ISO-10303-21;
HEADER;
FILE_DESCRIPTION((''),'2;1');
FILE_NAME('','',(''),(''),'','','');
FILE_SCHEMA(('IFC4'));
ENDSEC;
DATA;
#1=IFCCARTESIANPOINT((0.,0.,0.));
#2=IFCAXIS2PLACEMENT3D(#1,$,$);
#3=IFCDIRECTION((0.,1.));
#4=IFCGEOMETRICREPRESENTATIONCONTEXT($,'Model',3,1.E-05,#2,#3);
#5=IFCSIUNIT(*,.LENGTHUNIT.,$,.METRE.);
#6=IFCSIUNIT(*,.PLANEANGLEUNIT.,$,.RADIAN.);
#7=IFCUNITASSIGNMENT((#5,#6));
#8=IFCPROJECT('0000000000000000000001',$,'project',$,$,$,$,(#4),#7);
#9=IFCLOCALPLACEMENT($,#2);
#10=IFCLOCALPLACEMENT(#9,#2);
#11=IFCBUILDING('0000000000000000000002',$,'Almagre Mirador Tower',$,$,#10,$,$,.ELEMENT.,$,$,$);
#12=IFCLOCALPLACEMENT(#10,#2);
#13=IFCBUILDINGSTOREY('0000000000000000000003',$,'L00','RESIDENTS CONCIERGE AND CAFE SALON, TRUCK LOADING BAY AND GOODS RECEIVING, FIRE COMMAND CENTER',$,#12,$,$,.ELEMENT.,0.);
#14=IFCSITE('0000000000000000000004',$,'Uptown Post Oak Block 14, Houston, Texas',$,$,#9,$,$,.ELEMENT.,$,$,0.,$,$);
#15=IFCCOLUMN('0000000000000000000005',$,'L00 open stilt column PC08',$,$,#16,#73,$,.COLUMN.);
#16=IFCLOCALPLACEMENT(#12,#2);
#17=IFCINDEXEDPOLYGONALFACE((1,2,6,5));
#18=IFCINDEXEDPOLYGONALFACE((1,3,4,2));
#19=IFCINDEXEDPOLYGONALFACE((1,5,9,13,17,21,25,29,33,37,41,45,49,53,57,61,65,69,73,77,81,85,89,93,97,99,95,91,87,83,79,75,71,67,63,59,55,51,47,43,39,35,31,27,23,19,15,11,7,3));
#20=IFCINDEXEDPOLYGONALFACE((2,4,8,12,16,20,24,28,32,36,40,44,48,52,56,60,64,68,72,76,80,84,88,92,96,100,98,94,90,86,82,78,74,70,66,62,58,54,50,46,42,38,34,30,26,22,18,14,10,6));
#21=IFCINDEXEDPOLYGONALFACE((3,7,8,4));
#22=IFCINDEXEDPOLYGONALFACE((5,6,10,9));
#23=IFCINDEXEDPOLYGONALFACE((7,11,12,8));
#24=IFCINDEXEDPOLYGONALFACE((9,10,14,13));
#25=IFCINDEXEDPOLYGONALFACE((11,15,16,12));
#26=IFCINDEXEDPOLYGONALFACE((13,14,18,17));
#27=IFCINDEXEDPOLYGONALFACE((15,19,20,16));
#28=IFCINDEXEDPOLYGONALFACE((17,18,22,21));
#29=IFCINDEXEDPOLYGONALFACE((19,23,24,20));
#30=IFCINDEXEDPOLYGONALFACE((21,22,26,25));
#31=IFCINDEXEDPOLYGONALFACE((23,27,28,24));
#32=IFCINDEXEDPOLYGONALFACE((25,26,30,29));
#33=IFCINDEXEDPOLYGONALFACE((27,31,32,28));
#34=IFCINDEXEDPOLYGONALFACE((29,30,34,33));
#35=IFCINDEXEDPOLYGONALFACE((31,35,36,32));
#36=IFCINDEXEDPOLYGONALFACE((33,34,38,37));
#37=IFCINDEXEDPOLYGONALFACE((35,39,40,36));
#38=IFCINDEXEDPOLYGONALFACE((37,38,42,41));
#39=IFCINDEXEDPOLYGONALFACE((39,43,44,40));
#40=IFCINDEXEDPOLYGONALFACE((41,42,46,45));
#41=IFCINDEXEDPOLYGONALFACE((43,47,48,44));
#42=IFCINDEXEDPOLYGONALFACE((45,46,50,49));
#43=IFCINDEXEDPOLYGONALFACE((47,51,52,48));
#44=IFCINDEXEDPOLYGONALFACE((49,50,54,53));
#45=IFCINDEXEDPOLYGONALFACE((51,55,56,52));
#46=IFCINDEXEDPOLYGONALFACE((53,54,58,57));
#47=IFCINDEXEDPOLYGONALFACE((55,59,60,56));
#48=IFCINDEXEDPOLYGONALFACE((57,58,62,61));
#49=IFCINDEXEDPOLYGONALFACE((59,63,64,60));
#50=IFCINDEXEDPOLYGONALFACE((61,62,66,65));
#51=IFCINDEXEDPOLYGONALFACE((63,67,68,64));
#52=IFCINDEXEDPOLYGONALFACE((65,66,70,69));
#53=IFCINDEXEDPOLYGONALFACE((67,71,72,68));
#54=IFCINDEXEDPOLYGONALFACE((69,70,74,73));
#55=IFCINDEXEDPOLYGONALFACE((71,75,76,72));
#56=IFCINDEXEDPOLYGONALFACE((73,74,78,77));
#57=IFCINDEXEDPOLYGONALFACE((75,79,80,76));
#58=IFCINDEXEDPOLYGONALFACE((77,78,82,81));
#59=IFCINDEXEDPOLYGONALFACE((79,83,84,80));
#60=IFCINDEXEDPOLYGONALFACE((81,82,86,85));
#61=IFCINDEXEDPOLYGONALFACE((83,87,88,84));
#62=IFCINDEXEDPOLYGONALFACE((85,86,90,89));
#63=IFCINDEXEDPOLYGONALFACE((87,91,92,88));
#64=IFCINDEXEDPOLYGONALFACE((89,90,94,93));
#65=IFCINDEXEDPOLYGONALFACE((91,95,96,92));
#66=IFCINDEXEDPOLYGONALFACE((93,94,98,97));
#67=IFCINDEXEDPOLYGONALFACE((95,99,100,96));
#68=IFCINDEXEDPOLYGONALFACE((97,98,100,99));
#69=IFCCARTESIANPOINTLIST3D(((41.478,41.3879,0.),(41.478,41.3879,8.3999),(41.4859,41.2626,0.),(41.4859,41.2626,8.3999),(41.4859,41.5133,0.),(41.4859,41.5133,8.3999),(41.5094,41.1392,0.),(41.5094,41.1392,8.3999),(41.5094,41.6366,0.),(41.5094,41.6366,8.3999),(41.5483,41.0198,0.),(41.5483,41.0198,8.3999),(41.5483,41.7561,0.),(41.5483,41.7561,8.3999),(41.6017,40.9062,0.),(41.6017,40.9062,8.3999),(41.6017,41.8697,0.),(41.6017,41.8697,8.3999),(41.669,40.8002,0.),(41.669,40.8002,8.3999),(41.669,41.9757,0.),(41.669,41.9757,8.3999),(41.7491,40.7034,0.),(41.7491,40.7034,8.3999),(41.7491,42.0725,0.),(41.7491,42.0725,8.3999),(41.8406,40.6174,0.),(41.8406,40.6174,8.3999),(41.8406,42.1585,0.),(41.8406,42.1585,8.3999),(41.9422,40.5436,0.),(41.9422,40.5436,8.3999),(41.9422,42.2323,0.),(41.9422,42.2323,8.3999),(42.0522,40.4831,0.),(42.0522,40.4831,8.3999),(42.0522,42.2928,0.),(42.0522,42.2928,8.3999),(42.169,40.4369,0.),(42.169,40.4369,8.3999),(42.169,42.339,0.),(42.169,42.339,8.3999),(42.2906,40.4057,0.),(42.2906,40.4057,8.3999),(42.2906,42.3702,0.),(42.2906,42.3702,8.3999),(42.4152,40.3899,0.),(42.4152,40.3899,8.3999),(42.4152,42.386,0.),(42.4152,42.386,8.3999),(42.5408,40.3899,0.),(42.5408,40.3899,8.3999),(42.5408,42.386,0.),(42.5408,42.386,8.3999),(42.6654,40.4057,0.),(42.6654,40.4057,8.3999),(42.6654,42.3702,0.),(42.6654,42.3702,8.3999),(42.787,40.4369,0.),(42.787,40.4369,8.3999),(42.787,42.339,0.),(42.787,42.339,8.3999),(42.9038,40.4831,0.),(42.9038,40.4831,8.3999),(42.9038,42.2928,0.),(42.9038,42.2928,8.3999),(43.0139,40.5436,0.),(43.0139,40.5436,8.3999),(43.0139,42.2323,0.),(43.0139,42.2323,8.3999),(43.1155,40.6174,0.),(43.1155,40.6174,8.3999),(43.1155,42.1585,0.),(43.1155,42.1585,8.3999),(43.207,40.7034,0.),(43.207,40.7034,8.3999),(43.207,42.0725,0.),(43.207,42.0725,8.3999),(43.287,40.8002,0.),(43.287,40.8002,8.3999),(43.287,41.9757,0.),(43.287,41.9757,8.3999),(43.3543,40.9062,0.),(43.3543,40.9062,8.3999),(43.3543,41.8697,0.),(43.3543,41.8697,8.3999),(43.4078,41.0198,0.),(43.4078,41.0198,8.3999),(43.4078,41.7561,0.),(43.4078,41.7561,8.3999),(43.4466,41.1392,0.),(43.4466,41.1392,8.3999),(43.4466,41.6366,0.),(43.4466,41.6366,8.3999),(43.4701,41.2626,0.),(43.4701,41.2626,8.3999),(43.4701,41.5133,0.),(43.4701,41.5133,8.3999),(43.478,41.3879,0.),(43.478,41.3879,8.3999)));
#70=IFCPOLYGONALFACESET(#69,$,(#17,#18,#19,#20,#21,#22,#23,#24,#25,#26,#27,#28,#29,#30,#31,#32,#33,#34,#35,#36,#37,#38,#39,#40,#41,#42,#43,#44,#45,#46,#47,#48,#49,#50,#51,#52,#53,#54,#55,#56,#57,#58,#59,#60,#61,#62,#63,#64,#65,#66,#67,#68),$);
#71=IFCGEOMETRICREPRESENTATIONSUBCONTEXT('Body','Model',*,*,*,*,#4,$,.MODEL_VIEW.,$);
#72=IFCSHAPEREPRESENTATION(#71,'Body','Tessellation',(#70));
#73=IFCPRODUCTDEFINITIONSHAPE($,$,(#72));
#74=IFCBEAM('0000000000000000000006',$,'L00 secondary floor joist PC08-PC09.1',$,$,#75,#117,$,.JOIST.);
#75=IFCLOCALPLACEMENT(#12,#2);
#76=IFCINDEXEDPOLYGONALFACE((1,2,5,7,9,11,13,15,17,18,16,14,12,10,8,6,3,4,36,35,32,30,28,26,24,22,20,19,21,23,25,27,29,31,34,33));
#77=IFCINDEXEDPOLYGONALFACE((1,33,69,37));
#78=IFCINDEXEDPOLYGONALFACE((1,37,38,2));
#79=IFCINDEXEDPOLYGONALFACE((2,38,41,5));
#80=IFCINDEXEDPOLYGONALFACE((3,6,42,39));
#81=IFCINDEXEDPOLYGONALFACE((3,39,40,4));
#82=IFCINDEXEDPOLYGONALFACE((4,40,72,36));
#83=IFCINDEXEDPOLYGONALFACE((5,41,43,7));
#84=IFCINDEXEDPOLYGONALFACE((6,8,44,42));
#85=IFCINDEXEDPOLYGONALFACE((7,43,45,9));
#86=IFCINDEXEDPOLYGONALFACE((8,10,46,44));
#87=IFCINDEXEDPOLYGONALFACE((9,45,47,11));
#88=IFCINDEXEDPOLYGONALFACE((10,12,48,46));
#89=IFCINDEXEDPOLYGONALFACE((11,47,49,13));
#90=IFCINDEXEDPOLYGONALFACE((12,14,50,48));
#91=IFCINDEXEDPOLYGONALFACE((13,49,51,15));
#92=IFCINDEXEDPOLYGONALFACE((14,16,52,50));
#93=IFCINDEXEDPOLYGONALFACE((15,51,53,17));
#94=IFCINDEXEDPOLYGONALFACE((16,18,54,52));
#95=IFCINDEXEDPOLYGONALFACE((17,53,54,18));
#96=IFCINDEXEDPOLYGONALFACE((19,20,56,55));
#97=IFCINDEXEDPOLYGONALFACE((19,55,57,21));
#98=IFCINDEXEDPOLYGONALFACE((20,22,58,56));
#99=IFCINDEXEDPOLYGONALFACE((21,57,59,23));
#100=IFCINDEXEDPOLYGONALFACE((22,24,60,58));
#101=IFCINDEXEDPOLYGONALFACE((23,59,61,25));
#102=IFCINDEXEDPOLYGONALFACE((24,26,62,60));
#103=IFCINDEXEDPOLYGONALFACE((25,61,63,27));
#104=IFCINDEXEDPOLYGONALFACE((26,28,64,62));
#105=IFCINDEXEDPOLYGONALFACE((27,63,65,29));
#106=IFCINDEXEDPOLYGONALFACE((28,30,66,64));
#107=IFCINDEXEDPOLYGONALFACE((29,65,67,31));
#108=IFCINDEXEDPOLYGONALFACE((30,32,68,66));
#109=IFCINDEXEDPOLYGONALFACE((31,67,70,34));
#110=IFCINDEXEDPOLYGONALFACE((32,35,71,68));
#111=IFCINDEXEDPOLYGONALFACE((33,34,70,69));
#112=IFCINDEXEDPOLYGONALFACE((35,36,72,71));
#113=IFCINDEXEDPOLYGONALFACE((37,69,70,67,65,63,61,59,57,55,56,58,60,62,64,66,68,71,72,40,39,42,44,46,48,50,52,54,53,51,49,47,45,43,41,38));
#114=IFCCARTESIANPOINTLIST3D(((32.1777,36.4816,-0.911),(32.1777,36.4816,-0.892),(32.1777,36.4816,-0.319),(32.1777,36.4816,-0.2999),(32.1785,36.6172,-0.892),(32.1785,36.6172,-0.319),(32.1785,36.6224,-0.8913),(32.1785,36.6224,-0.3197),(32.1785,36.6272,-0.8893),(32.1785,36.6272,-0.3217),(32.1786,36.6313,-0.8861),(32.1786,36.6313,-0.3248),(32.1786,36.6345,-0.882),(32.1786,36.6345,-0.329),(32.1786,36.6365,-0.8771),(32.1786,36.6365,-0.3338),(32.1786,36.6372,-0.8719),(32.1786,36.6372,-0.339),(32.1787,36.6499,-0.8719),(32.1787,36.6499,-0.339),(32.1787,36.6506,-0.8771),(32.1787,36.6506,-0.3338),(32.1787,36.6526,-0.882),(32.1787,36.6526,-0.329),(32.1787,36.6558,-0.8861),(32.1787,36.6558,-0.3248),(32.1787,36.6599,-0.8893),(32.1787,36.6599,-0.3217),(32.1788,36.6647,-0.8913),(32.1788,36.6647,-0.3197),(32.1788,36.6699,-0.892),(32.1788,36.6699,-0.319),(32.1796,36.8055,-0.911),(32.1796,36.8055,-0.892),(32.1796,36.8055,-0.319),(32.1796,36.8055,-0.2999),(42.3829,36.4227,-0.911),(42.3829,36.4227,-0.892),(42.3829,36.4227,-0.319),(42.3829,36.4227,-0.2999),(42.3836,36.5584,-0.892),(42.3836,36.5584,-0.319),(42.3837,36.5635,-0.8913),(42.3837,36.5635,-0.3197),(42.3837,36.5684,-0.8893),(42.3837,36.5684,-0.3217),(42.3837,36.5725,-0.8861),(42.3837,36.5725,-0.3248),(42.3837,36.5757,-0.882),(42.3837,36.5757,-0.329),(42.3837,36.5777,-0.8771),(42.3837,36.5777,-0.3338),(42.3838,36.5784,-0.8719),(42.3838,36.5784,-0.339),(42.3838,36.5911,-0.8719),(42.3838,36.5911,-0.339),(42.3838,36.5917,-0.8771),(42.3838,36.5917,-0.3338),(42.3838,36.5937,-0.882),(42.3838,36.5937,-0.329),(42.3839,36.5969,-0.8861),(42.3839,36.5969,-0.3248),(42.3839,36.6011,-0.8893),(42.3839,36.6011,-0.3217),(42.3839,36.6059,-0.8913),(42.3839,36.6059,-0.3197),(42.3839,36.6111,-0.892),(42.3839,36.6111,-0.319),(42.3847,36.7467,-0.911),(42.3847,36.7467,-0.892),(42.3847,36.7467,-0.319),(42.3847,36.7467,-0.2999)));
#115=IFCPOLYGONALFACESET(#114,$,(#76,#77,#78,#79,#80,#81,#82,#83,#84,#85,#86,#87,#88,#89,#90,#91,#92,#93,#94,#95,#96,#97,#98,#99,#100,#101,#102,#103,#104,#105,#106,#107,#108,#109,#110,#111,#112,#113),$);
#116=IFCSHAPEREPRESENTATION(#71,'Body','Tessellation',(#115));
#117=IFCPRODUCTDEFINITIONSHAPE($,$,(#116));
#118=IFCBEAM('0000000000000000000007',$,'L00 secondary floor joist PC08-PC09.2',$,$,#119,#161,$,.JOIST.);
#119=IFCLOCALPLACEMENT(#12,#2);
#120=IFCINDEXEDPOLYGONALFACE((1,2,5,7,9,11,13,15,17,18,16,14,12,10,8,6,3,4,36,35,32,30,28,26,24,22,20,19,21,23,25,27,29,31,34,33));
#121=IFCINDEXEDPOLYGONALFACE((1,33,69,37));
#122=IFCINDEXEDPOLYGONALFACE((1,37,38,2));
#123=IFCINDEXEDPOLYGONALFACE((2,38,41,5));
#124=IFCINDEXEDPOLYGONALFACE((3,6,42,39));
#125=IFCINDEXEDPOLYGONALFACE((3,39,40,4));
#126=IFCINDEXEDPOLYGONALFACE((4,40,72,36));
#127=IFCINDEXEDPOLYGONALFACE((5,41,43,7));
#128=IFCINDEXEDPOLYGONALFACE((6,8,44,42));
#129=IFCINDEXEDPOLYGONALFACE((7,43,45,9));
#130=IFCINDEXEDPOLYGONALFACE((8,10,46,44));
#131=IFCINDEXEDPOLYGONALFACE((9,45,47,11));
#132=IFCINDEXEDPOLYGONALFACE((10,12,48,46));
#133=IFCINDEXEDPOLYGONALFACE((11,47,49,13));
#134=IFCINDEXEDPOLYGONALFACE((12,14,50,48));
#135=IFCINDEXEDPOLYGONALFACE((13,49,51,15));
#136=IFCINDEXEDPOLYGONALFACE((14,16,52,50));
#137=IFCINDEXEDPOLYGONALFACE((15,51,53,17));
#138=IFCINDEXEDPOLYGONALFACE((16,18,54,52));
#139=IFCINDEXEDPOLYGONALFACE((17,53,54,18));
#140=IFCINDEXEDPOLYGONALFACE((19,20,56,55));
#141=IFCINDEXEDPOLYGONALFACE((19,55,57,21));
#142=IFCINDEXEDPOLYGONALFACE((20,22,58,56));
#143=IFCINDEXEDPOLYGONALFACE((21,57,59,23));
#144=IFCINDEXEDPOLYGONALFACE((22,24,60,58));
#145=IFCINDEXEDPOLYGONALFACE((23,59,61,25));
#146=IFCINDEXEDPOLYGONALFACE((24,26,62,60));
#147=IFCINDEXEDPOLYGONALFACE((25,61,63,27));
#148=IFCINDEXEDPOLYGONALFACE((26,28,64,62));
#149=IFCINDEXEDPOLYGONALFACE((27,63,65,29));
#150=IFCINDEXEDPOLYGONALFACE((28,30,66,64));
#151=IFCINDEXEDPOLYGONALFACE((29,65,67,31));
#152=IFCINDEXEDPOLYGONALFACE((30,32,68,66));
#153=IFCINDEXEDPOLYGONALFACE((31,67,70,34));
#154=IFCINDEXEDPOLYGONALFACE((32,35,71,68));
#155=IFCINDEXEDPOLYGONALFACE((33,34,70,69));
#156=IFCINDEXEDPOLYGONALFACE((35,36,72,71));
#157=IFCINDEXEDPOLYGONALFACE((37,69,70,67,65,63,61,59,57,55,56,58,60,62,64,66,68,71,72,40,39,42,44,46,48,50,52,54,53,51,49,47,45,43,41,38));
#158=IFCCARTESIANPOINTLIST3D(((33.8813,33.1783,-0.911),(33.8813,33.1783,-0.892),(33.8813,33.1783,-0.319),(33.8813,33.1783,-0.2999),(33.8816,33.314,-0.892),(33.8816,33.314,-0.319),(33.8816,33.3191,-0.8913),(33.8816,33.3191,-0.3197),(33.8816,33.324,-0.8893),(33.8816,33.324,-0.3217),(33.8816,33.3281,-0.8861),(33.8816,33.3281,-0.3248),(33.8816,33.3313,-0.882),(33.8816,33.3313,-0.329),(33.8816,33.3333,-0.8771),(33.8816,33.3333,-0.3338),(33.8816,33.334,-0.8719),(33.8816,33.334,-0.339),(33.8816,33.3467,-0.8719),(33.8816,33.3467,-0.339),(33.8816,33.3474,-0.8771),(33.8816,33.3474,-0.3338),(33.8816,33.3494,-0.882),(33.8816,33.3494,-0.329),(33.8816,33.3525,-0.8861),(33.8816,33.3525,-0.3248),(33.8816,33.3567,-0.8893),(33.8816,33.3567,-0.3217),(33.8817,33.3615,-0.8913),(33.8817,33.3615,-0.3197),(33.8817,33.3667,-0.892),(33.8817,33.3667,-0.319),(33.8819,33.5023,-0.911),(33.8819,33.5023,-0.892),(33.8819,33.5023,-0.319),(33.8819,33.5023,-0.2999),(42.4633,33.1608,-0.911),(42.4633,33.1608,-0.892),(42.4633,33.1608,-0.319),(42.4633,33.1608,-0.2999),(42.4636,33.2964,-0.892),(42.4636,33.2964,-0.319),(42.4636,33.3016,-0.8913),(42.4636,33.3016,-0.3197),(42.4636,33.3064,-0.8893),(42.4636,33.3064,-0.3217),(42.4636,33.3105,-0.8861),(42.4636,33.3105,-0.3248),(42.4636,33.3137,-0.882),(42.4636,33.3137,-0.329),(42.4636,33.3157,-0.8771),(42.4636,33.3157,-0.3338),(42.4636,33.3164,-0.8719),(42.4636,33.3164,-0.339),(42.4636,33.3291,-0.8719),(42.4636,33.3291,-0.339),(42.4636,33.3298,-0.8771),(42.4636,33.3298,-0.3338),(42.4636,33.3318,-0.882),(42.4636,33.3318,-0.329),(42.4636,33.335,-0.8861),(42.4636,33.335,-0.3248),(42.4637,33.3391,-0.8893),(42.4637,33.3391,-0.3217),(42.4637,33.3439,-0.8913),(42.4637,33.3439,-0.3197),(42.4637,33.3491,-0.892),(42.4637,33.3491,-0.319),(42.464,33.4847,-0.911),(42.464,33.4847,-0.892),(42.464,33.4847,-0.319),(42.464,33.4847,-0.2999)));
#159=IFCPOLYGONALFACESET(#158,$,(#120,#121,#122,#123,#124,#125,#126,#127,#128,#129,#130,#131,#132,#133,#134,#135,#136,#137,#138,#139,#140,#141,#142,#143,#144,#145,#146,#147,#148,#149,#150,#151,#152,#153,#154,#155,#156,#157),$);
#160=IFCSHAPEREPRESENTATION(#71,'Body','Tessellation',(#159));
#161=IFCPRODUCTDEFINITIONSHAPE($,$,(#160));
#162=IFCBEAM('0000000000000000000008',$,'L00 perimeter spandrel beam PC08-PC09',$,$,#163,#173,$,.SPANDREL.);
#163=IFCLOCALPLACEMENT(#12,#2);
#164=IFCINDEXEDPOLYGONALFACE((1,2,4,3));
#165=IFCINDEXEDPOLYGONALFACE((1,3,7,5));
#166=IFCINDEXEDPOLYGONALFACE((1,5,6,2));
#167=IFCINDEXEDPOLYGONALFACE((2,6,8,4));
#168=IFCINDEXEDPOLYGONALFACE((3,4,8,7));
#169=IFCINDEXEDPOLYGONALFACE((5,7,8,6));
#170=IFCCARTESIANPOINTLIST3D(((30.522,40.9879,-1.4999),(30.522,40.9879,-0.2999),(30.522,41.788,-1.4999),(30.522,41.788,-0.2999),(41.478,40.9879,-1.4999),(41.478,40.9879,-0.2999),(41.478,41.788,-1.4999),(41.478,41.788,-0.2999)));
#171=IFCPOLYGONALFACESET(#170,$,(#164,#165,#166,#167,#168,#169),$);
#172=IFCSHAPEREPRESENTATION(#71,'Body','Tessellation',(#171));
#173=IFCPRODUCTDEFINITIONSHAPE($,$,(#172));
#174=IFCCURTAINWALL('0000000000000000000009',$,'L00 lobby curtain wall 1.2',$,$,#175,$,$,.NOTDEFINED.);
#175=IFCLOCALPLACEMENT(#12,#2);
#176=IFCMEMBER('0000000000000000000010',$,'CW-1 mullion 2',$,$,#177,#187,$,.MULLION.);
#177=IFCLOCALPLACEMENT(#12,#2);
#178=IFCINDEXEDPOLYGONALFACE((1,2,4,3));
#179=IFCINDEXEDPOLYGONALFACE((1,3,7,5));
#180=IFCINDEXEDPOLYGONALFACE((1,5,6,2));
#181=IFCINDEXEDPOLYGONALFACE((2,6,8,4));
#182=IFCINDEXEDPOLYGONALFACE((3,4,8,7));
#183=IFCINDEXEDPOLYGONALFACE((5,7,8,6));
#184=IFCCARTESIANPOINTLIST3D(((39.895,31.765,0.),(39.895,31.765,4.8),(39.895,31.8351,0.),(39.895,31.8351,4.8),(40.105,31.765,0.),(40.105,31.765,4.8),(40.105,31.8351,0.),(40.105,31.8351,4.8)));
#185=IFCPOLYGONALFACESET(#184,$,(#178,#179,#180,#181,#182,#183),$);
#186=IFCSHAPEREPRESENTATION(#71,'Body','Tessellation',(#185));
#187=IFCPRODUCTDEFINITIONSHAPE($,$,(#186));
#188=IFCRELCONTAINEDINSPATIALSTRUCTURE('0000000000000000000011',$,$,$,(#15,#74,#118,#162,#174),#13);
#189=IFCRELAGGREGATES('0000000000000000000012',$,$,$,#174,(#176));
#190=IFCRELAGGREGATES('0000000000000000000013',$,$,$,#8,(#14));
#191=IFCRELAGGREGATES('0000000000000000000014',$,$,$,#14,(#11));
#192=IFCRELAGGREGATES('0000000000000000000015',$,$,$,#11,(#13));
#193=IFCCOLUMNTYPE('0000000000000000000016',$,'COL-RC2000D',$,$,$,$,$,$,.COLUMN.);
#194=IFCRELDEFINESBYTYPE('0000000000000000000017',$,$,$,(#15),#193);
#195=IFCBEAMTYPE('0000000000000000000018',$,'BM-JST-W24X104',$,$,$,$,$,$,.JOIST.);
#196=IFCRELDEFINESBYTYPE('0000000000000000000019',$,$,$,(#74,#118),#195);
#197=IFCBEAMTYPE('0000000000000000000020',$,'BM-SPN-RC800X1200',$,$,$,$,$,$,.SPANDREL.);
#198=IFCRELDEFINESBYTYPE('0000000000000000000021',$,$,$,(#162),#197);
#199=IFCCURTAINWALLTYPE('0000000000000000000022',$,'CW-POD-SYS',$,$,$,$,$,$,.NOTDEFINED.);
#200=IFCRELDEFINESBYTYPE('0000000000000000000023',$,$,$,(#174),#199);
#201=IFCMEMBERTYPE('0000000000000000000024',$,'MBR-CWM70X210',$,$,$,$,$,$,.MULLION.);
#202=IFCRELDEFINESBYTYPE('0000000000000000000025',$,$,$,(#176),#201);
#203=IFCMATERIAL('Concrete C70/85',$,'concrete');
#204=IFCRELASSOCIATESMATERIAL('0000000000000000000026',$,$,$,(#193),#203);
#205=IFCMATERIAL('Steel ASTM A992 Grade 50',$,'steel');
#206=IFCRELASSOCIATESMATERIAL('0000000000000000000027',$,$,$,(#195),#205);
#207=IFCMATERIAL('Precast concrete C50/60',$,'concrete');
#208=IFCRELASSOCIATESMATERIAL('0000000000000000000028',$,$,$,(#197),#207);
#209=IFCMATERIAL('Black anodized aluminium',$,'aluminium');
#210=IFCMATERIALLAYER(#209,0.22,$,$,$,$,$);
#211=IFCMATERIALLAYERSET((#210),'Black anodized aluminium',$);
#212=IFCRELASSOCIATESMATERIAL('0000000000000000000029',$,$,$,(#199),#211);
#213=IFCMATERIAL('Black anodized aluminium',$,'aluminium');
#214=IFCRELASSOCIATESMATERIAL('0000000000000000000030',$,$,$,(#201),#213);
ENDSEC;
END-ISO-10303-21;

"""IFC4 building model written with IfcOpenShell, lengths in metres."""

from ifc_helpers import new_model, si_unit, direction, frame, origin, origin_2d, place, context, subcontext, project, spatial, rectangle, circle, i_section, extrude, material, layer, layer_set, material_profile, profile_set, type_object, element, aggregate, save


model = new_model("IFC4")

# Units and contexts
model_context = context("Model", 3, precision=1e-05, world=origin(), true_north=direction((0.0, 1.0)))
body_context = subcontext(model_context, "Body", "Model", "MODEL_VIEW")
ifc_project = project(units=[si_unit("LENGTHUNIT", "METRE"), si_unit("PLANEANGLEUNIT", "RADIAN")], contexts=[model_context])

# Site, building, storey
site_placement = place(None, origin())
site = spatial("IfcSite", under=ifc_project, at=site_placement, Name="Uptown Post Oak Block 14, Houston, Texas", CompositionType="ELEMENT", RefElevation=0.0)
building_placement = place(site_placement, origin())
building = spatial("IfcBuilding", under=site, at=building_placement, Name="Almagre Mirador Tower", CompositionType="ELEMENT")
storey_placement = place(building_placement, origin())
storey = spatial("IfcBuildingStorey", under=building, at=storey_placement, Name="L00", Description="RESIDENTS CONCIERGE AND CAFE SALON, TRUCK LOADING BAY AND GOODS RECEIVING, FIRE COMMAND CENTER", CompositionType="ELEMENT", Elevation=0.0)

# Column
ifc_material_1 = material(Name="Concrete C70/85", Category="concrete")
ifc_material_profile_1 = material_profile(ifc_material_1, circle(Radius=1.0, at=origin_2d()), Name="RC2000D")
ifc_profile_set_1 = profile_set([ifc_material_profile_1], Name="Concrete C70/85")
column_type = type_object("IfcColumnType", Name="COL-RC2000D", PredefinedType="COLUMN", material=ifc_profile_set_1)
column_placement = place(storey_placement, frame((42.478, 41.3879, 0.0), z_axis=(0.0, 0.0, 1.0), x_axis=(1.0, 0.0, 0.0)))
element("IfcColumn", 1, at=column_placement, inside=storey, type_object=column_type, Name="L00 open stilt column PC08", PredefinedType="COLUMN", context=body_context, shape_type="SweptSolid", body=[
    extrude(circle(Radius=1.0, at=origin_2d()), origin(), (0.0, 0.0, 1.0), 8.3999),
])

# Beams
ifc_material_2 = material(Name="Steel ASTM A992 Grade 50", Category="steel")
ifc_material_profile_2 = material_profile(ifc_material_2, i_section(OverallWidth=0.324, OverallDepth=0.6111, WebThickness=0.0127, FlangeThickness=0.019, FilletRadius=0.02, at=origin_2d()), Name="W24X104")
ifc_profile_set_2 = profile_set([ifc_material_profile_2], Name="Steel ASTM A992 Grade 50")
beam_type_1 = type_object("IfcBeamType", Name="BM-JST-W24X104", PredefinedType="JOIST", material=ifc_profile_set_2)
beam_1_placement = place(storey_placement, frame((42.3838, 36.5847, -0.6055), z_axis=(-0.999983, 0.005765, 0.0), x_axis=(-0.005765, -0.999983, 0.0)))
element("IfcBeam", 2, at=beam_1_placement, inside=storey, type_object=beam_type_1, Name="L00 secondary floor joist PC08-PC09.1", PredefinedType="JOIST", context=body_context, shape_type="SweptSolid", body=[
    extrude(i_section(OverallWidth=0.324, OverallDepth=0.6111, WebThickness=0.0127, FlangeThickness=0.019, FilletRadius=0.02, at=origin_2d()), origin(), (0.0, 0.0, 1.0), 10.2053),
])
beam_2_placement = place(storey_placement, frame((42.4636, 33.3228, -0.6055), z_axis=(-0.999998, 0.002048, 0.0), x_axis=(-0.002048, -0.999998, 0.0)))
element("IfcBeam", 3, at=beam_2_placement, inside=storey, type_object=beam_type_1, Name="L00 secondary floor joist PC08-PC09.2", PredefinedType="JOIST", context=body_context, shape_type="SweptSolid", body=[
    extrude(i_section(OverallWidth=0.324, OverallDepth=0.6111, WebThickness=0.0127, FlangeThickness=0.019, FilletRadius=0.02, at=origin_2d()), origin(), (0.0, 0.0, 1.0), 8.582),
])
ifc_material_3 = material(Name="Precast concrete C50/60", Category="concrete")
ifc_material_profile_3 = material_profile(ifc_material_3, rectangle(XDim=0.8, YDim=1.2, at=origin_2d()), Name="RC800X1200")
ifc_profile_set_3 = profile_set([ifc_material_profile_3], Name="Precast concrete C50/60")
beam_type_2 = type_object("IfcBeamType", Name="BM-SPN-RC800X1200", PredefinedType="SPANDREL", material=ifc_profile_set_3)
beam_3_placement = place(storey_placement, frame((41.478, 41.3879, -0.8999), z_axis=(-1.0, 0.0, 0.0), x_axis=(0.0, -1.0, 0.0)))
element("IfcBeam", 4, at=beam_3_placement, inside=storey, type_object=beam_type_2, Name="L00 perimeter spandrel beam PC08-PC09", PredefinedType="SPANDREL", context=body_context, shape_type="SweptSolid", body=[
    extrude(rectangle(XDim=0.8, YDim=1.2, at=origin_2d()), origin(), (0.0, 0.0, 1.0), 10.9561),
])

# Curtain wall, member
ifc_material_4 = material(Name="Black anodized aluminium", Category="aluminium")
ifc_layer_1 = layer(ifc_material_4, 0.22)
ifc_layer_set_1 = layer_set([ifc_layer_1], Name="Black anodized aluminium")
curtain_wall_type = type_object("IfcCurtainWallType", Name="CW-POD-SYS", PredefinedType="NOTDEFINED", material=ifc_layer_set_1)
curtain_wall_1_placement = place(storey_placement, origin())
curtain_wall_1 = element("IfcCurtainWall", 5, at=curtain_wall_1_placement, inside=storey, type_object=curtain_wall_type, Name="L00 lobby curtain wall 1.2", PredefinedType="NOTDEFINED")
ifc_material_5 = material(Name="Black anodized aluminium", Category="aluminium")
ifc_material_profile_4 = material_profile(ifc_material_5, rectangle(XDim=0.0701, YDim=0.21, at=origin_2d()), Name="CWM70X210")
ifc_profile_set_4 = profile_set([ifc_material_profile_4], Name="Black anodized aluminium")
member_type_1 = type_object("IfcMemberType", Name="MBR-CWM70X210", PredefinedType="MULLION", material=ifc_profile_set_4)
member_1_placement = place(storey_placement, frame((40.0, 31.8, 0.0), z_axis=(0.0, 0.0, 1.0), x_axis=(0.0, 1.0, 0.0)))
member_1 = element("IfcMember", 6, at=member_1_placement, type_object=member_type_1, Name="CW-1 mullion 2", PredefinedType="MULLION", context=body_context, shape_type="SweptSolid", body=[
    extrude(rectangle(XDim=0.0701, YDim=0.21, at=origin_2d()), origin(), (0.0, 0.0, 1.0), 4.8),
])

aggregate(curtain_wall_1, [member_1])

save(model, "model.ifc")
